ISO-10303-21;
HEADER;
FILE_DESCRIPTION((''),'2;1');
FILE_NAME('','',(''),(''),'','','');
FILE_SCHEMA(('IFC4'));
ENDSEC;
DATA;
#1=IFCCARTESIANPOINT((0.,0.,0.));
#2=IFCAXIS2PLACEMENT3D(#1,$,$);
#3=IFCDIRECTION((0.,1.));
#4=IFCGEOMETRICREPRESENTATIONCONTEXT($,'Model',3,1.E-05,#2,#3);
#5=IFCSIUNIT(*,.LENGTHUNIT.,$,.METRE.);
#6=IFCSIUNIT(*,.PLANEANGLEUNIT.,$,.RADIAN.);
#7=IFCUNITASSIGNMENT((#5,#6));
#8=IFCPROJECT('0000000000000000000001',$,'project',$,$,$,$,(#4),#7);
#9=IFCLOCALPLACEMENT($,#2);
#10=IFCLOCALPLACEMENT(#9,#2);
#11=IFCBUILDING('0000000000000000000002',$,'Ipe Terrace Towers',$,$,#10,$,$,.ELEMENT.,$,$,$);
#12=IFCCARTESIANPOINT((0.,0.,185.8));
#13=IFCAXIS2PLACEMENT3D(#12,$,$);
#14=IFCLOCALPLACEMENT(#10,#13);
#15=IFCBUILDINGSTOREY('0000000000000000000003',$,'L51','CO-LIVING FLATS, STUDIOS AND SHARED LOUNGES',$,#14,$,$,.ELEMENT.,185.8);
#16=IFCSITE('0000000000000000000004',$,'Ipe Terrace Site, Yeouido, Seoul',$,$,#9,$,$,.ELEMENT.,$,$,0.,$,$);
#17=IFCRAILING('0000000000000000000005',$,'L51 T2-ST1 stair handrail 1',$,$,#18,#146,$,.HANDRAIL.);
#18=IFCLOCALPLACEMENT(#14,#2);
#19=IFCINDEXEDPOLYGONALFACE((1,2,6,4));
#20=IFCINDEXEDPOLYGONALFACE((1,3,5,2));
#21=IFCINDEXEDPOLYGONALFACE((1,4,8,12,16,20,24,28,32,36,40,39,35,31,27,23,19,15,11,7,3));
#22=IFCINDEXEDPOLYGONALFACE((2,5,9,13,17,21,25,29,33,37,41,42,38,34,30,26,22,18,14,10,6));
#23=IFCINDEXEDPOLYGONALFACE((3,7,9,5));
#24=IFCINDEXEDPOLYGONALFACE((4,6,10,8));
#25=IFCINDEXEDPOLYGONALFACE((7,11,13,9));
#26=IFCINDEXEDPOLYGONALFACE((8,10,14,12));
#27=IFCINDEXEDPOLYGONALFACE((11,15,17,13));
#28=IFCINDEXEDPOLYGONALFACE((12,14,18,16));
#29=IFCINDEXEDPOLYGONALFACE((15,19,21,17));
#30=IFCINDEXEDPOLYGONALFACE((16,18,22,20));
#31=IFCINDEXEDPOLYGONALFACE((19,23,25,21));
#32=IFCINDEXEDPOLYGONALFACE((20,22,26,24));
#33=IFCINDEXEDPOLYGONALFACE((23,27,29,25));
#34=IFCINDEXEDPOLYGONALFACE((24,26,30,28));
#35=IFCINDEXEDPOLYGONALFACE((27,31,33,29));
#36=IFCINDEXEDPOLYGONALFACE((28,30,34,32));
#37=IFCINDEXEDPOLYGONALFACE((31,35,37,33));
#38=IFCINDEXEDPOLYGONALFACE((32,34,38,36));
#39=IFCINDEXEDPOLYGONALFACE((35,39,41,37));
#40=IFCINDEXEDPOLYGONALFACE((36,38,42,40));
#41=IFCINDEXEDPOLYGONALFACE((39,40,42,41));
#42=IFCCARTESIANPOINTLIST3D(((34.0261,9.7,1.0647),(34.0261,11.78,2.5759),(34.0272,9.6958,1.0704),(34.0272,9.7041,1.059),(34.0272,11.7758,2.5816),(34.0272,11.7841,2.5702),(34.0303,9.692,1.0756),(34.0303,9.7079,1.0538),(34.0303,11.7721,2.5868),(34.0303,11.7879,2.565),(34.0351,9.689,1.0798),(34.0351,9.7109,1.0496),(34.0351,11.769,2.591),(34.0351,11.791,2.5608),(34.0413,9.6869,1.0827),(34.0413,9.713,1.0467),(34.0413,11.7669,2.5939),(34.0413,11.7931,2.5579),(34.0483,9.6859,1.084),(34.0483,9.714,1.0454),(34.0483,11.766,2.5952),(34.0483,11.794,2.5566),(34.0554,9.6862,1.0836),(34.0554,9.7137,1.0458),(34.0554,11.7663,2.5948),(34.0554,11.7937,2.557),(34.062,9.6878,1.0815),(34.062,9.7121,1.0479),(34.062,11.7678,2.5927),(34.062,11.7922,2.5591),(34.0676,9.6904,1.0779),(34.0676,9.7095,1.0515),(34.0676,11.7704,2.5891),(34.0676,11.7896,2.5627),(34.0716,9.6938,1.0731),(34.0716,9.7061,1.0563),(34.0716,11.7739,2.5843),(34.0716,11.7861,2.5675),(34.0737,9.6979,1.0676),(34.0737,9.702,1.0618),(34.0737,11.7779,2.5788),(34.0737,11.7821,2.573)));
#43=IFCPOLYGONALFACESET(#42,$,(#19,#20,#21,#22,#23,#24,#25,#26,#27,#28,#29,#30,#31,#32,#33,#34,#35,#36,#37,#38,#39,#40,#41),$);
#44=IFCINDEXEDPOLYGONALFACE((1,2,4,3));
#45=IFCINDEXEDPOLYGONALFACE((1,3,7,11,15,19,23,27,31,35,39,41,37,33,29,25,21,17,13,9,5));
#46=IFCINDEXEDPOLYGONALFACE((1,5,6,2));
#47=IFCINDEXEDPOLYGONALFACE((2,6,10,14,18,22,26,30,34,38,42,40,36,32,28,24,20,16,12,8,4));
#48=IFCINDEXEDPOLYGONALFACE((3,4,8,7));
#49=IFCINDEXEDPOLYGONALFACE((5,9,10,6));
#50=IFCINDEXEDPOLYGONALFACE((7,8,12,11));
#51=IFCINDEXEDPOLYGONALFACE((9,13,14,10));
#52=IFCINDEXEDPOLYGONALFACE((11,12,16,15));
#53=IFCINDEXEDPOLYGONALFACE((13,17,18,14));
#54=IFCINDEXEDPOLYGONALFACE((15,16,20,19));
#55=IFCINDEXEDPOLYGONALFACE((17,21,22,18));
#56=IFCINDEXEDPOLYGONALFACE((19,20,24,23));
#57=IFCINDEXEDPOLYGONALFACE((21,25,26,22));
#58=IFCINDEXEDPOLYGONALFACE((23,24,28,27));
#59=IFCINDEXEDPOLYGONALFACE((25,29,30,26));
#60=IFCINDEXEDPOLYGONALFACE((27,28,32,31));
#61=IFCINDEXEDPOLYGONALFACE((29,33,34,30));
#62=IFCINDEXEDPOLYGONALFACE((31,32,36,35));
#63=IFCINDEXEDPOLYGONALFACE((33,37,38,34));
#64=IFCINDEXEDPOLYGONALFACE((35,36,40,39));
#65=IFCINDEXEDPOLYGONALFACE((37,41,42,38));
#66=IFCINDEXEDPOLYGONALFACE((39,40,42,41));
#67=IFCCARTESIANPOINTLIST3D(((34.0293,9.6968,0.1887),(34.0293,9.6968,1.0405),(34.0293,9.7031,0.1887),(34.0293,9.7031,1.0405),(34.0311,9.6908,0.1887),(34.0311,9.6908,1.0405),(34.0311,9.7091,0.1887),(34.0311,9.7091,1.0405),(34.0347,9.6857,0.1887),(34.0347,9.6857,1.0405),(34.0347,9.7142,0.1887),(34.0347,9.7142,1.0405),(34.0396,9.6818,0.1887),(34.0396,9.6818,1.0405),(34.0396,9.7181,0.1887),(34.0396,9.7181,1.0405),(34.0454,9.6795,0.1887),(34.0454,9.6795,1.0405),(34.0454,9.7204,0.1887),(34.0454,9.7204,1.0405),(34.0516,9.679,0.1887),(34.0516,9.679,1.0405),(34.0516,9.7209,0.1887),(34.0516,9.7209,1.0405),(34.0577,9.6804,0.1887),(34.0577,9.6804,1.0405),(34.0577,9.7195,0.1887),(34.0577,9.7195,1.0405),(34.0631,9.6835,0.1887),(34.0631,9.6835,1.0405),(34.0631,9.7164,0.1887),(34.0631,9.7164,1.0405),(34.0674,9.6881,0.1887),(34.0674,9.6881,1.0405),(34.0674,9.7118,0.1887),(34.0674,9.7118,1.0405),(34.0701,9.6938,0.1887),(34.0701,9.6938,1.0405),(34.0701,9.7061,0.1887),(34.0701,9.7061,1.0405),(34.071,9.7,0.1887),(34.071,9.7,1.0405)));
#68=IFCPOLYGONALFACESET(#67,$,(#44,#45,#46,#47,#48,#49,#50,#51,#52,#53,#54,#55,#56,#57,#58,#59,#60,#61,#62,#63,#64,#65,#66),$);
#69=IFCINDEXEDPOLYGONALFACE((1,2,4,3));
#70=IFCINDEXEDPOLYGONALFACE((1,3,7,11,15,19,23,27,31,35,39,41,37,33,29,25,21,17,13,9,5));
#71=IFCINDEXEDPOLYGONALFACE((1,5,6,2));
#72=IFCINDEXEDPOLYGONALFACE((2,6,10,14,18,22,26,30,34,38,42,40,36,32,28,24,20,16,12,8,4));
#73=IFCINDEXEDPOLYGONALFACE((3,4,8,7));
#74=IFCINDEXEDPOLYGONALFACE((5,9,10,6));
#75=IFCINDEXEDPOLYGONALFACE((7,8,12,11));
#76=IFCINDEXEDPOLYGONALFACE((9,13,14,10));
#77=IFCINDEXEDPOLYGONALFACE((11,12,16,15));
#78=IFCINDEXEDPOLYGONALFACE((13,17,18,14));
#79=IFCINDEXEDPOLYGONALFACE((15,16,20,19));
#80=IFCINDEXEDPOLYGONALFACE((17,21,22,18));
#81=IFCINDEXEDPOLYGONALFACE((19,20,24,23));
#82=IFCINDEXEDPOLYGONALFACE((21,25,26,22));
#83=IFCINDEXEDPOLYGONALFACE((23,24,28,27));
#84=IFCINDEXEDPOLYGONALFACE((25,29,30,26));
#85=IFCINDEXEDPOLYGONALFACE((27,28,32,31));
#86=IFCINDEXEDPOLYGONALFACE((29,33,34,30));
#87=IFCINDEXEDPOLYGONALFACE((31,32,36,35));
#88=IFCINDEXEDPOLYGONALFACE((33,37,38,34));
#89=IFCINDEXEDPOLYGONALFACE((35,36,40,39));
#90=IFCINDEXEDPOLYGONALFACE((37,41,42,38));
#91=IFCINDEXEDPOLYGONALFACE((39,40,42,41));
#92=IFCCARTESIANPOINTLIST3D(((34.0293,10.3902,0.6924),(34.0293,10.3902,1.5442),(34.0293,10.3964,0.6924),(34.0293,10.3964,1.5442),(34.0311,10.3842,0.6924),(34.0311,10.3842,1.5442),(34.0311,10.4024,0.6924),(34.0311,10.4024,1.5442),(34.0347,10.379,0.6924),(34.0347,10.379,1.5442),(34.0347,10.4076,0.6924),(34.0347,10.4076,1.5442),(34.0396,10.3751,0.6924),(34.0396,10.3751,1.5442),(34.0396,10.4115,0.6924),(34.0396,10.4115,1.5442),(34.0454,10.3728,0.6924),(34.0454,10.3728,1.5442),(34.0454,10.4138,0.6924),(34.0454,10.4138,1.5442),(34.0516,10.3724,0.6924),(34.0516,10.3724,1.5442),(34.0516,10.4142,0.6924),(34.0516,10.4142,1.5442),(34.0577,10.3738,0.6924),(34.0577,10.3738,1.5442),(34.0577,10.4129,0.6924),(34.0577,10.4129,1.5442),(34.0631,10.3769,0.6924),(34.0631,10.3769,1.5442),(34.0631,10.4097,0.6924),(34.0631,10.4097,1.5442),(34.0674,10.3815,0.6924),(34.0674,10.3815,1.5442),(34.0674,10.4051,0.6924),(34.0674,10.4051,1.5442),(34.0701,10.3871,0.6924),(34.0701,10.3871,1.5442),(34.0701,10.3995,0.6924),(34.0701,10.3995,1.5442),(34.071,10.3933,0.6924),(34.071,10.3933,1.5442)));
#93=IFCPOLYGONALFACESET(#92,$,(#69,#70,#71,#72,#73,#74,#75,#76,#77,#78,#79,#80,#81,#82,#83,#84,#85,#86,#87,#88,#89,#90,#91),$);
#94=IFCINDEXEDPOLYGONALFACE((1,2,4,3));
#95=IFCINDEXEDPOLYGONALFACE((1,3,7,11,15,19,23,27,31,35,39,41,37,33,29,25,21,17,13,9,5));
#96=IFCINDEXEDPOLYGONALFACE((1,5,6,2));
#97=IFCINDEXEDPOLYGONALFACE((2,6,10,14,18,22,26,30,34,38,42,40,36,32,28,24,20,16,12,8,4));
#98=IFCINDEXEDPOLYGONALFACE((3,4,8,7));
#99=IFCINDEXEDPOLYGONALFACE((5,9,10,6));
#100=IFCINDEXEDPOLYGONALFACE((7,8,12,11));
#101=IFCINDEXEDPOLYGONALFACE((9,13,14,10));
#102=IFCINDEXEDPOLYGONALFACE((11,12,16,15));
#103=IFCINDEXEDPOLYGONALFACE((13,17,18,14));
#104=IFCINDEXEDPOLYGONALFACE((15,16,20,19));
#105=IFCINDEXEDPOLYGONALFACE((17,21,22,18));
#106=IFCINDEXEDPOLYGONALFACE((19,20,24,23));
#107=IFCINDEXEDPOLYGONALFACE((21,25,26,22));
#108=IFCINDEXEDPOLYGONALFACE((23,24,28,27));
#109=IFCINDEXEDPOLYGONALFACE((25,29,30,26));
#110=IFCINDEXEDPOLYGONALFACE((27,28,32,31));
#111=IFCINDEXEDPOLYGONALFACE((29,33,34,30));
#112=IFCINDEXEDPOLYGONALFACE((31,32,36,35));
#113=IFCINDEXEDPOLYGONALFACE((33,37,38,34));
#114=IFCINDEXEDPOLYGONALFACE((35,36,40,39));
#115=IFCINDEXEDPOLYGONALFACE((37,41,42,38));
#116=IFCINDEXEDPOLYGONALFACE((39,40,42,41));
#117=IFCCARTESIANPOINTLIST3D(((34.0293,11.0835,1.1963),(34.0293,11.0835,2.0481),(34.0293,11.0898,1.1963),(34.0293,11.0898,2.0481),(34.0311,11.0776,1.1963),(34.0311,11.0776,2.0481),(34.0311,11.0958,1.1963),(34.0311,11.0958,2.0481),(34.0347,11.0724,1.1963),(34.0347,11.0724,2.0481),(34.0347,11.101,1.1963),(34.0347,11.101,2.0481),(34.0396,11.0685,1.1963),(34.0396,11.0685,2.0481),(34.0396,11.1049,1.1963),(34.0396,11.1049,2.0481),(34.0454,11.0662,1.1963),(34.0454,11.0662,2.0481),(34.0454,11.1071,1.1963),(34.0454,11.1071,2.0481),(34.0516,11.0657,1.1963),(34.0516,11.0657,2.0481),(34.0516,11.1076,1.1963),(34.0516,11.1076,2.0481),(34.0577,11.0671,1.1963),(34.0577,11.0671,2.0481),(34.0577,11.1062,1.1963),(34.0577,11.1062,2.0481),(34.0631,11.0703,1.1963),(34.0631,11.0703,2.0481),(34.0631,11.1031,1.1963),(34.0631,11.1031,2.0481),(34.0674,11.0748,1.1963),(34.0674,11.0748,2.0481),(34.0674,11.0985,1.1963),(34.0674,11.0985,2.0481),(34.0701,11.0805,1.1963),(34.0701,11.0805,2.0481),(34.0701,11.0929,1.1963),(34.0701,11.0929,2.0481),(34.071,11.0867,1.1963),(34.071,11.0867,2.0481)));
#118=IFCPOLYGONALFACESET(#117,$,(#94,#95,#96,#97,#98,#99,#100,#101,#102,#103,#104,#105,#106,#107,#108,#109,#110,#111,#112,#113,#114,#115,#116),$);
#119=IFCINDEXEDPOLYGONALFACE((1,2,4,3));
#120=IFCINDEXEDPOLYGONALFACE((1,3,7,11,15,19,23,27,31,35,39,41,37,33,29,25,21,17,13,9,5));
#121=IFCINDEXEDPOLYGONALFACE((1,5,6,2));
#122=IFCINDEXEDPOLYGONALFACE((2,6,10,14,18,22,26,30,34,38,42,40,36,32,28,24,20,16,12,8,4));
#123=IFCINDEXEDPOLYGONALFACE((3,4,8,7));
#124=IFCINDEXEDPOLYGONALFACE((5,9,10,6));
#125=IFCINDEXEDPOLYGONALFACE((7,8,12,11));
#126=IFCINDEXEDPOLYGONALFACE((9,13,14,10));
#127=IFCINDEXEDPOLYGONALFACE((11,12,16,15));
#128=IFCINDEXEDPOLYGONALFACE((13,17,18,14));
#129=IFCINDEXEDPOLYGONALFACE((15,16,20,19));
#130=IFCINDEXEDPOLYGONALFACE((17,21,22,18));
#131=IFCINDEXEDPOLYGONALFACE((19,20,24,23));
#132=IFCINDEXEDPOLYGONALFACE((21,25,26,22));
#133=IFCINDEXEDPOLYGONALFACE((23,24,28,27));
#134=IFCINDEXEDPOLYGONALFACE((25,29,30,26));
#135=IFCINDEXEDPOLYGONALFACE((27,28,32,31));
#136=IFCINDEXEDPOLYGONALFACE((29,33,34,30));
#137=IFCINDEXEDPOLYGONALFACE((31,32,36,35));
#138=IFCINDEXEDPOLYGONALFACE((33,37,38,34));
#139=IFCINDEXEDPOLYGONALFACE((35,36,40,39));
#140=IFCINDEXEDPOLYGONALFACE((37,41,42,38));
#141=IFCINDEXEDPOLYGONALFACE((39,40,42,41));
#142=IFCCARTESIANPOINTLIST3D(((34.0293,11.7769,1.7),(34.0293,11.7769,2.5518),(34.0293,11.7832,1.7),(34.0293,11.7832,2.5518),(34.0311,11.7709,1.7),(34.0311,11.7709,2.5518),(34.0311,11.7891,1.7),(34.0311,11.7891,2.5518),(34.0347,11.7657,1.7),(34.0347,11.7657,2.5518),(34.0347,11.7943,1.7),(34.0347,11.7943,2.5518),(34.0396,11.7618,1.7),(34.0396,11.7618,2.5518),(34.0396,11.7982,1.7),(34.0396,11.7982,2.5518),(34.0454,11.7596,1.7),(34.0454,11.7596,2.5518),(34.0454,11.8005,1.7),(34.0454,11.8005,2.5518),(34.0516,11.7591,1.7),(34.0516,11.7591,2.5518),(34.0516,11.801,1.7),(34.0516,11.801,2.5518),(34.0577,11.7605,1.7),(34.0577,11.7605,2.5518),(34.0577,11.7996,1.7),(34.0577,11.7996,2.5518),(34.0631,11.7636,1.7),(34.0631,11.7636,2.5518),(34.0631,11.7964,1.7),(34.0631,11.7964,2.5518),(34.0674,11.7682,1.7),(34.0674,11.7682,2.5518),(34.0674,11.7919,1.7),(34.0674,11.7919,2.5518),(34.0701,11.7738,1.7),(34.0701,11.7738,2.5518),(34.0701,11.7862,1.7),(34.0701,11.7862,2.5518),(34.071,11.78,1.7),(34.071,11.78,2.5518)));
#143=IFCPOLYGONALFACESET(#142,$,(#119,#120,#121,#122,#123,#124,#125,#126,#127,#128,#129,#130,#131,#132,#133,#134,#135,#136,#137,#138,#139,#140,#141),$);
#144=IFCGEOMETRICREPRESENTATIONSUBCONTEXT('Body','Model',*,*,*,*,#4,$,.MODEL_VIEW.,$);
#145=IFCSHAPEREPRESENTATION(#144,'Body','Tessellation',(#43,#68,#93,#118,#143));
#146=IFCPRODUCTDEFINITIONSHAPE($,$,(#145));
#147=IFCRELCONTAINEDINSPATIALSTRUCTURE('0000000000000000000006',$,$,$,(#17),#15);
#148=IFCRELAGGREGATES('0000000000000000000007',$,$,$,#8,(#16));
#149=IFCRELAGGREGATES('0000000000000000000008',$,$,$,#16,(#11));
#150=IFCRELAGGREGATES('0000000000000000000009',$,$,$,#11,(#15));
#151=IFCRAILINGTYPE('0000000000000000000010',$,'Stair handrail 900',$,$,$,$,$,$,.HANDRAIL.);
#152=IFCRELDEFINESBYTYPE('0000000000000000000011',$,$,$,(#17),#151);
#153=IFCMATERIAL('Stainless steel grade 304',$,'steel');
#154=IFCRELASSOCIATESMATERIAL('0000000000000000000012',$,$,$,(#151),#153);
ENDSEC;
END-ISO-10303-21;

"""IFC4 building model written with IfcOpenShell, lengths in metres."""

from ifc_helpers import new_model, si_unit, direction, frame, origin, origin_2d, place, context, subcontext, project, spatial, circle, extrude, material, type_object, element, save


model = new_model("IFC4")

# Units and contexts
model_context = context("Model", 3, precision=1e-05, world=origin(), true_north=direction((0.0, 1.0)))
body_context = subcontext(model_context, "Body", "Model", "MODEL_VIEW")
ifc_project = project(units=[si_unit("LENGTHUNIT", "METRE"), si_unit("PLANEANGLEUNIT", "RADIAN")], contexts=[model_context])

# Site, building, storey
site_placement = place(None, origin())
site = spatial("IfcSite", under=ifc_project, at=site_placement, Name="Ipe Terrace Site, Yeouido, Seoul", CompositionType="ELEMENT", RefElevation=0.0)
building_placement = place(site_placement, origin())
building = spatial("IfcBuilding", under=site, at=building_placement, Name="Ipe Terrace Towers", CompositionType="ELEMENT")
storey_placement = place(building_placement, frame((0.0, 0.0, 185.8)))
storey = spatial("IfcBuildingStorey", under=building, at=storey_placement, Name="L51", Description="CO-LIVING FLATS, STUDIOS AND SHARED LOUNGES", CompositionType="ELEMENT", Elevation=185.8)

# Railing
ifc_material_1 = material(Name="Stainless steel grade 304", Category="steel")
railing_type_1 = type_object("IfcRailingType", Name="Stair handrail 900", PredefinedType="HANDRAIL", material=ifc_material_1)
railing_1_placement = place(storey_placement, frame((34.05, 9.7, 0.1887)))
element("IfcRailing", 1, at=railing_1_placement, inside=storey, type_object=railing_type_1, Name="L51 T2-ST1 stair handrail 1", PredefinedType="HANDRAIL", context=body_context, shape_type="SweptSolid", body=[
    extrude(circle(Radius=0.0239, at=origin_2d()), frame((0.0, 0.0, 0.876), z_axis=(0.0, 0.809023, 0.587776), x_axis=(-1.0, 0.0, 0.0)), (0.0, 0.0, 1.0), 2.571),
    extrude(circle(Radius=0.021, at=origin_2d()), origin(), (0.0, 0.0, 1.0), 0.8518),
    extrude(circle(Radius=0.021, at=origin_2d()), frame((0.0, 0.6934, 0.5037)), (0.0, 0.0, 1.0), 0.8518),
    extrude(circle(Radius=0.021, at=origin_2d()), frame((0.0, 1.3867, 1.0076)), (0.0, 0.0, 1.0), 0.8518),
    extrude(circle(Radius=0.021, at=origin_2d()), frame((0.0, 2.0801, 1.5112)), (0.0, 0.0, 1.0), 0.8518),
])

save(model, "model.ifc")
